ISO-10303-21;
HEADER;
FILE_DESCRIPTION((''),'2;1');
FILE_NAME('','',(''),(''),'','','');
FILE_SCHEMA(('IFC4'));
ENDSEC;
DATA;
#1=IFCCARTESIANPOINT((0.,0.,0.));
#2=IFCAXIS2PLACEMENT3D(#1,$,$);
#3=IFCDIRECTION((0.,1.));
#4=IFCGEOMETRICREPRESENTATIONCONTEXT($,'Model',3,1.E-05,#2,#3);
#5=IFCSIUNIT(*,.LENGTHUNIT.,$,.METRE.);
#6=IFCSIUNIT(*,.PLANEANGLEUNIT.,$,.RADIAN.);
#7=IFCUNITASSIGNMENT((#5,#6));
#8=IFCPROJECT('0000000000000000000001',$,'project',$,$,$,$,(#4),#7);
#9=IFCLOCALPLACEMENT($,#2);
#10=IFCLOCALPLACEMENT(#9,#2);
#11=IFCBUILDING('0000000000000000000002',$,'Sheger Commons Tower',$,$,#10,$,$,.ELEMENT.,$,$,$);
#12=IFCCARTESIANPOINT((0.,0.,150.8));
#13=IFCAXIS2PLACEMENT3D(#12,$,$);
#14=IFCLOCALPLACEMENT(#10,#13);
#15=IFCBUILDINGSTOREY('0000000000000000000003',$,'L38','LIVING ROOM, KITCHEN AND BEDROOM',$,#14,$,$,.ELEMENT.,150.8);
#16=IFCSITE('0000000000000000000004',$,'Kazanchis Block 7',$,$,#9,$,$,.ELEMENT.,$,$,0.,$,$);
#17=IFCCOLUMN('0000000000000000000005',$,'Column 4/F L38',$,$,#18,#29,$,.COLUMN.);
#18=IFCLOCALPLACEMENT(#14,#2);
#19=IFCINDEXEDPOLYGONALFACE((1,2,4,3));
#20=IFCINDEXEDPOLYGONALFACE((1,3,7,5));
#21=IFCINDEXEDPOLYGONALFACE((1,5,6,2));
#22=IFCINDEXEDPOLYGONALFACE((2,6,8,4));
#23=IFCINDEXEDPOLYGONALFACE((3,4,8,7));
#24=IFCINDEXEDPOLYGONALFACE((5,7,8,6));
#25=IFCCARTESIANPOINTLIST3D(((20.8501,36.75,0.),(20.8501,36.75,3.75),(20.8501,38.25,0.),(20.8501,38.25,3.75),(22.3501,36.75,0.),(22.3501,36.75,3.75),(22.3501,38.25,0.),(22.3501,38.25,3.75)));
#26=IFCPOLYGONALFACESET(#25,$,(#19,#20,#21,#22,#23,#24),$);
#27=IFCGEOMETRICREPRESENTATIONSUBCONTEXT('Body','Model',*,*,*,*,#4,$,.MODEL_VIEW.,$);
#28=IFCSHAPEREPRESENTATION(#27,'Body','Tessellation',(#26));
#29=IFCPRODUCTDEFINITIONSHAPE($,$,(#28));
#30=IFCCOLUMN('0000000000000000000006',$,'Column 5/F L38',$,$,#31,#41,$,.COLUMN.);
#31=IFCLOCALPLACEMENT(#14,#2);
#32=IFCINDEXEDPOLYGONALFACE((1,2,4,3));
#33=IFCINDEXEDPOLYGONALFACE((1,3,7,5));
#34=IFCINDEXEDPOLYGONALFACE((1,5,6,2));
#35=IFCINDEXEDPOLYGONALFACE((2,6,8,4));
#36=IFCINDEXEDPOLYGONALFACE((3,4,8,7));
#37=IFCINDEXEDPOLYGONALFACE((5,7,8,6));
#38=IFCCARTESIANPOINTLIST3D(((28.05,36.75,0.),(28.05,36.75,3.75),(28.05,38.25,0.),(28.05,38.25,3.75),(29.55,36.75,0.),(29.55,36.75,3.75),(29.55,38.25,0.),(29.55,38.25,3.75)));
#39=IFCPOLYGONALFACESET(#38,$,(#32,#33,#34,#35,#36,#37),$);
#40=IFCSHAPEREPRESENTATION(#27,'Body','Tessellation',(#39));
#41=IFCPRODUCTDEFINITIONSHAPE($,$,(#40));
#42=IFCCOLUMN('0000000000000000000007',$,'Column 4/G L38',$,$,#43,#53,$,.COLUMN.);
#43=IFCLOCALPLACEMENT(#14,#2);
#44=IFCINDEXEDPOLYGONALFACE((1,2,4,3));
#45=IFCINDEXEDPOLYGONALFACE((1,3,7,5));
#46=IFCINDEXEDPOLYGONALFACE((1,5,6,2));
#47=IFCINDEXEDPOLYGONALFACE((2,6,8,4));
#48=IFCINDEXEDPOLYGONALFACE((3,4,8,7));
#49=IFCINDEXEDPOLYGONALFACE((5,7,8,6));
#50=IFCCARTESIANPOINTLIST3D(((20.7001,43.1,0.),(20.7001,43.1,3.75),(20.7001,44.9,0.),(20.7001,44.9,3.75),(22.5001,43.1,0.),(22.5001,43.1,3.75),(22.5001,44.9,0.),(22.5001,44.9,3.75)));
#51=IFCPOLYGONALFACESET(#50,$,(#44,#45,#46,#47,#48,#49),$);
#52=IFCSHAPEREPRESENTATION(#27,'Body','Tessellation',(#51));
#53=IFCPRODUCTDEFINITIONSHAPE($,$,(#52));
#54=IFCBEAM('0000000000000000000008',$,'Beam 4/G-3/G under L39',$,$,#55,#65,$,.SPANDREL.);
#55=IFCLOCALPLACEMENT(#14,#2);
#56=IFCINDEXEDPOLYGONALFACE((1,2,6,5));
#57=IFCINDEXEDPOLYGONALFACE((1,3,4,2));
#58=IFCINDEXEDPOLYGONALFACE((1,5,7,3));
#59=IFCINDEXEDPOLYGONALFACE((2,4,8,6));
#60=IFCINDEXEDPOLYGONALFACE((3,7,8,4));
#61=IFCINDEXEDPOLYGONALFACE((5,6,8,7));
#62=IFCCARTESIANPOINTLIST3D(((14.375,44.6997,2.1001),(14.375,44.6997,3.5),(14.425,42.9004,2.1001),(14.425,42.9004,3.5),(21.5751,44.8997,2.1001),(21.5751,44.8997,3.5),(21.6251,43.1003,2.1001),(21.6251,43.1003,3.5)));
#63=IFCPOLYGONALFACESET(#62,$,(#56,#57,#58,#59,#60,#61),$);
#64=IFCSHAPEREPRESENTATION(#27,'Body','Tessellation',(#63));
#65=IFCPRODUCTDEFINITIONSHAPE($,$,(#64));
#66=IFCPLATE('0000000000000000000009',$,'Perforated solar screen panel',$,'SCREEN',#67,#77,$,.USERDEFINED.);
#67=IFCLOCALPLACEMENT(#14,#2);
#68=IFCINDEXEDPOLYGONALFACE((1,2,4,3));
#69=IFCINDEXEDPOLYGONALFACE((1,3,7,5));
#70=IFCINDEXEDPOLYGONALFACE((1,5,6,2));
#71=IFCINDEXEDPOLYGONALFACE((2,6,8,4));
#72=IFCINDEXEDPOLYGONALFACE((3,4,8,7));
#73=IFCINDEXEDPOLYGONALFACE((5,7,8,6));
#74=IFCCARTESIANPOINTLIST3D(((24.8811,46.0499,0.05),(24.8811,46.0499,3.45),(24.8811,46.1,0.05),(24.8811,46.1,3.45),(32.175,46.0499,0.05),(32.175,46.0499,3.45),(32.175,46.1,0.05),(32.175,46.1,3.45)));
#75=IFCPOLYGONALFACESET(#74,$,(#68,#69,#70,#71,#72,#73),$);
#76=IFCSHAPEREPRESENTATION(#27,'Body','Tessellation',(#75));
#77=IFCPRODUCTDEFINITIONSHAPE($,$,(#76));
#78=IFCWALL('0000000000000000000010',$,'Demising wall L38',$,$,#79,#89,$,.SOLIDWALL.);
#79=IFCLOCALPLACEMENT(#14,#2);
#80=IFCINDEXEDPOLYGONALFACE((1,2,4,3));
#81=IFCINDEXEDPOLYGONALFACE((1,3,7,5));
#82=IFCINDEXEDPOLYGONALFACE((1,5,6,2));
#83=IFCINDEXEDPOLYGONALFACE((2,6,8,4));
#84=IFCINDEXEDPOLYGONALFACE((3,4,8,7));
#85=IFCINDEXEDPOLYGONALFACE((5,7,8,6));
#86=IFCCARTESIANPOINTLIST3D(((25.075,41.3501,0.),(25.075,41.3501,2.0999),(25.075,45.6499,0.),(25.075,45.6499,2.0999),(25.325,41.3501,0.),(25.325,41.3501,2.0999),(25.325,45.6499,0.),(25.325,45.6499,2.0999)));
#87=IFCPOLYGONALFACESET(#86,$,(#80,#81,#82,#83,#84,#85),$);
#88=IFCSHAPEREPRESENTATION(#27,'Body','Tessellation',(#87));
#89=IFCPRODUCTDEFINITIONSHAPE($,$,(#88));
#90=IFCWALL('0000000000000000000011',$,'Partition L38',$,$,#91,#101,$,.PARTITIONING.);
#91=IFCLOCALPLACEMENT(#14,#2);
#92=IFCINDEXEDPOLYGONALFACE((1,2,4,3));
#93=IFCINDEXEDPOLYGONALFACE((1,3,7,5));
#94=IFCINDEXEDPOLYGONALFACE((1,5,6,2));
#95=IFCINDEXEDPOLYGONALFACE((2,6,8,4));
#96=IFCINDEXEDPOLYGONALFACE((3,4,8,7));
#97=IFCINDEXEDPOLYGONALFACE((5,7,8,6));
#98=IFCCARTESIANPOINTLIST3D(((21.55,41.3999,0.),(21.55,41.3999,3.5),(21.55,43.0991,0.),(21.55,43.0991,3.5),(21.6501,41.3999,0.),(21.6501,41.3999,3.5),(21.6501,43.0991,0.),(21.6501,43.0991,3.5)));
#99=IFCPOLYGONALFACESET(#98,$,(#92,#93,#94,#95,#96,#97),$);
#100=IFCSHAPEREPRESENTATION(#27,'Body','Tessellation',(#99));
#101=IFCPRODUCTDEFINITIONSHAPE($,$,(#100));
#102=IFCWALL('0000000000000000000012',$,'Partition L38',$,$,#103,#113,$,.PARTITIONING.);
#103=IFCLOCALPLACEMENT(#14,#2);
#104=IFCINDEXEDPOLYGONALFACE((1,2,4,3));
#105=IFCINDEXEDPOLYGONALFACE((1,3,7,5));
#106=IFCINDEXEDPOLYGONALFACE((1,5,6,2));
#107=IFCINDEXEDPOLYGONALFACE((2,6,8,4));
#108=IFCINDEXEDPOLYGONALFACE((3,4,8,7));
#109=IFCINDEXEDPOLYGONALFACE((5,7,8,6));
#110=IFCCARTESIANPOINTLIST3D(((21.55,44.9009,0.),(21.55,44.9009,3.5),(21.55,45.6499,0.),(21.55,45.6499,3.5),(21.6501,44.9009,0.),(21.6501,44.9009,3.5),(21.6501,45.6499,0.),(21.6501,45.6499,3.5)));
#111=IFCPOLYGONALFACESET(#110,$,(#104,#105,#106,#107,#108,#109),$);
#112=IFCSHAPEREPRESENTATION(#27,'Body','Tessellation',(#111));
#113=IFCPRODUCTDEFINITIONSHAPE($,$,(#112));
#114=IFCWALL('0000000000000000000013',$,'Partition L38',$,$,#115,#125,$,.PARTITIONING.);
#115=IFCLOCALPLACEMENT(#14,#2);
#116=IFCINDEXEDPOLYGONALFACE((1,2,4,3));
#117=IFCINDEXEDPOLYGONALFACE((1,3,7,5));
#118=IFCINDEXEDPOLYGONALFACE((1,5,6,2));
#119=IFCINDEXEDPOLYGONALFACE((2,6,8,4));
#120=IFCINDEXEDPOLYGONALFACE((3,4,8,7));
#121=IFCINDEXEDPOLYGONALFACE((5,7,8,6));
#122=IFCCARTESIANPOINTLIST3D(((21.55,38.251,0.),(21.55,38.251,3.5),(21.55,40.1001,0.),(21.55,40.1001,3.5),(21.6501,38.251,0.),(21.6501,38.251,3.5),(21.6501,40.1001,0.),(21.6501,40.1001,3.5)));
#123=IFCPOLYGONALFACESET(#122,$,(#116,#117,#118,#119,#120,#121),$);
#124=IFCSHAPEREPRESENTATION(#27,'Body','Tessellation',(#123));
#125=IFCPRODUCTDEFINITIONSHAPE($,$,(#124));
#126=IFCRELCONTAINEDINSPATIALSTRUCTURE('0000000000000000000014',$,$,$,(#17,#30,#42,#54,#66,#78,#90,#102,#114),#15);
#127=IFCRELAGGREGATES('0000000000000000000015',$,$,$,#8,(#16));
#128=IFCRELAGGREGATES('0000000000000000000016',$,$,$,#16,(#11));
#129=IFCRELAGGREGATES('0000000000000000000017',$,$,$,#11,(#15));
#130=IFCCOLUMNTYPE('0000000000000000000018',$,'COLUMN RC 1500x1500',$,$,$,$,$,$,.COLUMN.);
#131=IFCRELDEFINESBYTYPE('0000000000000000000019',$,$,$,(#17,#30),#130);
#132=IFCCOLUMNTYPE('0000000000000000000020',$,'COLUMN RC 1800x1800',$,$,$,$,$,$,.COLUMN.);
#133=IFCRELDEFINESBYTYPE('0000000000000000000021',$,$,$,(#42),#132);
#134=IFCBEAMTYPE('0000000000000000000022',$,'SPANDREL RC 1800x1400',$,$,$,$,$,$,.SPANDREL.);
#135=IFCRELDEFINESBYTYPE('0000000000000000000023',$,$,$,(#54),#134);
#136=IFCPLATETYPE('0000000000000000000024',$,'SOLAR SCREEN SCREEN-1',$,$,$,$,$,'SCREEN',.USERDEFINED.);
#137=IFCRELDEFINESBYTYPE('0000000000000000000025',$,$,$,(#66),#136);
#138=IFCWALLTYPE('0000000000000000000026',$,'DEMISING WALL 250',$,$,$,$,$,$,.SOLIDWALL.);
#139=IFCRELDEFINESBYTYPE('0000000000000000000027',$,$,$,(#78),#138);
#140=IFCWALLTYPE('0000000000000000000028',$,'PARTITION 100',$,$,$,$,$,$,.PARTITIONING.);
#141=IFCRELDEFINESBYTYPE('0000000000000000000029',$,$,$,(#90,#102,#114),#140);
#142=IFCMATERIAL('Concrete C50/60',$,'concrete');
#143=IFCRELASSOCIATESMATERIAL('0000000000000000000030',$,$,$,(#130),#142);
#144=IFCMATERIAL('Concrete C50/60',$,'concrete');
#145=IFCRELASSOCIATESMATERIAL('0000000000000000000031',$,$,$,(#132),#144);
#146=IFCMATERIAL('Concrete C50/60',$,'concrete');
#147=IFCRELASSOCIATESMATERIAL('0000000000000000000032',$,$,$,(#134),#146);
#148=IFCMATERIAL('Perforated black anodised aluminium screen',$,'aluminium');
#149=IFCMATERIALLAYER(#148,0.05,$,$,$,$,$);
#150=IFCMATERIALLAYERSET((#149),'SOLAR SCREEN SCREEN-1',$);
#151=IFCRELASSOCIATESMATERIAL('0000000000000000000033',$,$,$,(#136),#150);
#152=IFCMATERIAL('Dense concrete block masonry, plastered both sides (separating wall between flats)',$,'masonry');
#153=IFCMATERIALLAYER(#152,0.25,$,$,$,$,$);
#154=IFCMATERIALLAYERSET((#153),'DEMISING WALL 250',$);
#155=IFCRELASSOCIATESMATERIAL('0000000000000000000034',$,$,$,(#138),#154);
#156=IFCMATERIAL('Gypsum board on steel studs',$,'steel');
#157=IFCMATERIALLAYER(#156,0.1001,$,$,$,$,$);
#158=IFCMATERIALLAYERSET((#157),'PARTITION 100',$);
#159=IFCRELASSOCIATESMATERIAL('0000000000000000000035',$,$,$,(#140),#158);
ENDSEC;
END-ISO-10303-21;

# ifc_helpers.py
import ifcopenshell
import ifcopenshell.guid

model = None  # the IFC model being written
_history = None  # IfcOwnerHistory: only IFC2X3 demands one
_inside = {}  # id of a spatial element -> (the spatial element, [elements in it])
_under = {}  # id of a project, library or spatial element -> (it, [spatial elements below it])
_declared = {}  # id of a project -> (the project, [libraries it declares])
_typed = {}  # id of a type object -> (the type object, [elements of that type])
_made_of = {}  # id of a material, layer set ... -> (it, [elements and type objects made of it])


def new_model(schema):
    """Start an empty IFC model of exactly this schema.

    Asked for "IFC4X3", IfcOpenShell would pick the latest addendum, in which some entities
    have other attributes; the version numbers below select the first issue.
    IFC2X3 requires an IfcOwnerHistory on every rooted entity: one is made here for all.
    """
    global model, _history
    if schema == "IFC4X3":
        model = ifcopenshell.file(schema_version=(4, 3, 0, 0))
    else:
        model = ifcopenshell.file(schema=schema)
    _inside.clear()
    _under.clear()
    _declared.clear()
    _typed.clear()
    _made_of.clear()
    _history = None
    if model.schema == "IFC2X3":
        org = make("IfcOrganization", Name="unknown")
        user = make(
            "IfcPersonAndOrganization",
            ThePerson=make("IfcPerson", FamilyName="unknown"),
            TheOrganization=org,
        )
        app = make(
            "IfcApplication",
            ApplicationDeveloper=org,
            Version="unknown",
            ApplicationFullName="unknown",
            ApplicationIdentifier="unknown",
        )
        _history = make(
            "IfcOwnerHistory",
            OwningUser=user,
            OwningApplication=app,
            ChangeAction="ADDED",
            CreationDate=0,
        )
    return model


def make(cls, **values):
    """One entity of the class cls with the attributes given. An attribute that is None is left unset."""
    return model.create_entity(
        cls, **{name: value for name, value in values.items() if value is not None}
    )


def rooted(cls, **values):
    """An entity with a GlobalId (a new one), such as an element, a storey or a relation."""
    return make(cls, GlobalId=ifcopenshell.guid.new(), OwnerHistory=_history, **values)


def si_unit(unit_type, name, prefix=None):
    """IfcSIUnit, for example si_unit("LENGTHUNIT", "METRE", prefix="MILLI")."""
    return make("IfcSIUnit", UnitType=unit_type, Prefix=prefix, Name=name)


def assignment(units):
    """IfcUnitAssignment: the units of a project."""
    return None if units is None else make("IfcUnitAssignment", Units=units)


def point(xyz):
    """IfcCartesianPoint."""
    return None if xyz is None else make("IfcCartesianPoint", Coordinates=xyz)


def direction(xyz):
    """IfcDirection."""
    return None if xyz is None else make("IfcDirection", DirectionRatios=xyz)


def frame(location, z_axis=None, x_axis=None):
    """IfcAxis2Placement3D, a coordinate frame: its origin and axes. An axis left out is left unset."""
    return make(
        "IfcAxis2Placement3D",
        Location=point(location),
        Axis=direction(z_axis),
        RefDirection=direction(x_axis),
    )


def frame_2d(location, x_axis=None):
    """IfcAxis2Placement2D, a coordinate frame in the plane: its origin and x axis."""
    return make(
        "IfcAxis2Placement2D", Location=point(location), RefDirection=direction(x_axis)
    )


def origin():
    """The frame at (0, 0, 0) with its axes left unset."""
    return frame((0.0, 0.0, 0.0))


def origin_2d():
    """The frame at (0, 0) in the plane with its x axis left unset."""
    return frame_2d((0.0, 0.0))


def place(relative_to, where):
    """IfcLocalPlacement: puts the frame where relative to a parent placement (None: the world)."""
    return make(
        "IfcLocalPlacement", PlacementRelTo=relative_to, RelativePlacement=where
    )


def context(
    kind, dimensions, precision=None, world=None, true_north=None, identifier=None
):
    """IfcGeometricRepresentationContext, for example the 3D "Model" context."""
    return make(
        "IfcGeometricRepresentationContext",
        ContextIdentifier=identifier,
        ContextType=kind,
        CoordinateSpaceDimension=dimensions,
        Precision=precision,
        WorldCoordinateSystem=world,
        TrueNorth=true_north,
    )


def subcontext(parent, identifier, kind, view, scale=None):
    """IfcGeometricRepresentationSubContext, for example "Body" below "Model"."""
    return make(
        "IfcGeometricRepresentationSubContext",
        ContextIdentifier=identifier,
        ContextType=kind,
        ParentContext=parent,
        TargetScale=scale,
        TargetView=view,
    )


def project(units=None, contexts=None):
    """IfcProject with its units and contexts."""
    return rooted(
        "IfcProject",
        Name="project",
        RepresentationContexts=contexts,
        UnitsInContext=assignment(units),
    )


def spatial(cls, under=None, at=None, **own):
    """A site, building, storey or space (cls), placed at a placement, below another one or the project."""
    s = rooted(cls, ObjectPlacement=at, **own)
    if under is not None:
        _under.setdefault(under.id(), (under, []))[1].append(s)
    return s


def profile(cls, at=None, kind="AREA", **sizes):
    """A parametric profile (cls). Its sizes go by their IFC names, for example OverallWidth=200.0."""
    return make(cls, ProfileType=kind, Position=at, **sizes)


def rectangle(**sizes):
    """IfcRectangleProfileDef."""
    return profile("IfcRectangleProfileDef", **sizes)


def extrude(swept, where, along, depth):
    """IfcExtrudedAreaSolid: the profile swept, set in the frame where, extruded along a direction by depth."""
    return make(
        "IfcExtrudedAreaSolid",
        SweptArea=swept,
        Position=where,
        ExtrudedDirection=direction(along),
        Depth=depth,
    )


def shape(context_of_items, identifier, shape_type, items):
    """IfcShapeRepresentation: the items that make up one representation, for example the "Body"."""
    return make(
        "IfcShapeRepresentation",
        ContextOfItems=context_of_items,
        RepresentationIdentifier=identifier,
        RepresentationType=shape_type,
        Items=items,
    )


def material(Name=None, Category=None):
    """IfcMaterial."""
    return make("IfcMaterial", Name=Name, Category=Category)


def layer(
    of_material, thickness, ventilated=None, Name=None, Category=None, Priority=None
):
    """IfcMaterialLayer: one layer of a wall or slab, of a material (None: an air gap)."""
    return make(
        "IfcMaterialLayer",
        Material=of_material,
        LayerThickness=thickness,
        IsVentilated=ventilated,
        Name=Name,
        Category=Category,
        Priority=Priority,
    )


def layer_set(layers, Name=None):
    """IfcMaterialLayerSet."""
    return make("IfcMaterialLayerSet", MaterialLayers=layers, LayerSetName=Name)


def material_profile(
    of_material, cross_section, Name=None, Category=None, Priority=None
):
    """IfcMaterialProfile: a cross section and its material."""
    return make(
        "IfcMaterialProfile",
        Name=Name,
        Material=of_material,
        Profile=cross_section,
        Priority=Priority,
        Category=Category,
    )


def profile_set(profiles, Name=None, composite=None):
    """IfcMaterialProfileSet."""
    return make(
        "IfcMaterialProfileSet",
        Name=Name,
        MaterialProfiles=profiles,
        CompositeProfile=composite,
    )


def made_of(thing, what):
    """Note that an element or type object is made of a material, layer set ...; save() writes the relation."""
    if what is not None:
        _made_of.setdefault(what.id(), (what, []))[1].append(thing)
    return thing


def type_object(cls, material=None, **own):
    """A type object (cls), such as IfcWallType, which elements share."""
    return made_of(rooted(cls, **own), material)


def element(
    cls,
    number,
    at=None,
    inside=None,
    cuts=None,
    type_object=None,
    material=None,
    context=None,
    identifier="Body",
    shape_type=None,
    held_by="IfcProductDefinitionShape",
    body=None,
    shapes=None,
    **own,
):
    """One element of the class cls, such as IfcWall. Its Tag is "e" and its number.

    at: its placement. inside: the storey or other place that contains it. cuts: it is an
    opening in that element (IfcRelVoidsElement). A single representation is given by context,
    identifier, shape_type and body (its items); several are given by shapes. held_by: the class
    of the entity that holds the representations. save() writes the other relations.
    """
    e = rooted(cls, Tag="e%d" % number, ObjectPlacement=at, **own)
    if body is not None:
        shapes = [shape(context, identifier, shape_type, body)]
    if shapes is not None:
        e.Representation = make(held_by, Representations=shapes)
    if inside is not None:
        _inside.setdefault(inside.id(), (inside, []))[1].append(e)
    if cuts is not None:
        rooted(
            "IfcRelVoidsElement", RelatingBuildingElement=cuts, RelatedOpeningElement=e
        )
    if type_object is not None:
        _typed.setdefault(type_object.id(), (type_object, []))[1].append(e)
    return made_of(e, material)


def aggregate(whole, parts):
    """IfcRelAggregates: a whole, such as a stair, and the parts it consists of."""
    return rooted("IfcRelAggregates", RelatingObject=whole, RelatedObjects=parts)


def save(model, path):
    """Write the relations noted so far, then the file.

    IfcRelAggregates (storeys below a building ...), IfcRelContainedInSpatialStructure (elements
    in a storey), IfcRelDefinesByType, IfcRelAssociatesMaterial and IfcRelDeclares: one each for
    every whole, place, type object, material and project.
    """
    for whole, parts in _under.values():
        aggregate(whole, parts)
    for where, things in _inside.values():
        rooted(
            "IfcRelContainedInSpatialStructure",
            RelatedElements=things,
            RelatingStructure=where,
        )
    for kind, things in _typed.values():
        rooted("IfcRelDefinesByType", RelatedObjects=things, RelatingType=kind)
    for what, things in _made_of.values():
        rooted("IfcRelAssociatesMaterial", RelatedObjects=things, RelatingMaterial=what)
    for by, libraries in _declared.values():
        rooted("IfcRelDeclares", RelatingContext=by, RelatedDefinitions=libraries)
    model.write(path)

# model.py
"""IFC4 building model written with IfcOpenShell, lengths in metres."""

from ifc_helpers import new_model, si_unit, direction, frame, frame_2d, origin, origin_2d, place, context, subcontext, project, spatial, rectangle, extrude, material, layer, layer_set, material_profile, profile_set, type_object, element, save


model = new_model("IFC4")

# Units and contexts
model_context = context("Model", 3, precision=1e-05, world=origin(), true_north=direction((0.0, 1.0)))
body_context = subcontext(model_context, "Body", "Model", "MODEL_VIEW")
ifc_project = project(units=[si_unit("LENGTHUNIT", "METRE"), si_unit("PLANEANGLEUNIT", "RADIAN")], contexts=[model_context])

# Site, building, storey
site_placement = place(None, origin())
site = spatial("IfcSite", under=ifc_project, at=site_placement, Name="Kazanchis Block 7", CompositionType="ELEMENT", RefElevation=0.0)
building_placement = place(site_placement, origin())
building = spatial("IfcBuilding", under=site, at=building_placement, Name="Sheger Commons Tower", CompositionType="ELEMENT")
storey_placement = place(building_placement, frame((0.0, 0.0, 150.8)))
storey = spatial("IfcBuildingStorey", under=building, at=storey_placement, Name="L38", Description="LIVING ROOM, KITCHEN AND BEDROOM", CompositionType="ELEMENT", Elevation=150.8)

# Columns
ifc_material_1 = material(Name="Concrete C50/60", Category="concrete")
ifc_material_profile_1 = material_profile(ifc_material_1, rectangle(XDim=1.5, YDim=1.5, at=origin_2d()), Name="RC 1500x1500")
ifc_profile_set_1 = profile_set([ifc_material_profile_1], Name="Concrete C50/60")
column_type_1 = type_object("IfcColumnType", Name="COLUMN RC 1500x1500", PredefinedType="COLUMN", material=ifc_profile_set_1)
for number, where, z_axis, x_axis, name in (
    (1, (21.6001, 37.5, 0.0), (0.0, 0.0, 1.0), (1.0, 0.0, 0.0), "Column 4/F L38"),
    (2, (28.8, 37.5, 0.0), (0.0, 0.0, 1.0), (1.0, 0.0, 0.0), "Column 5/F L38"),
):
    element("IfcColumn", number, at=place(storey_placement, frame(where, z_axis=z_axis, x_axis=x_axis)), inside=storey, type_object=column_type_1, Name=name, PredefinedType="COLUMN", context=body_context, shape_type="SweptSolid", body=[
        extrude(rectangle(XDim=1.5, YDim=1.5, at=origin_2d()), origin(), (0.0, 0.0, 1.0), 3.75),
    ])
ifc_material_2 = material(Name="Concrete C50/60", Category="concrete")
ifc_material_profile_2 = material_profile(ifc_material_2, rectangle(XDim=1.8, YDim=1.8, at=origin_2d()), Name="RC 1800x1800")
ifc_profile_set_2 = profile_set([ifc_material_profile_2], Name="Concrete C50/60")
column_type_2 = type_object("IfcColumnType", Name="COLUMN RC 1800x1800", PredefinedType="COLUMN", material=ifc_profile_set_2)
column_placement = place(storey_placement, frame((21.6001, 44.0, 0.0), z_axis=(0.0, 0.0, 1.0), x_axis=(1.0, 0.0, 0.0)))
element("IfcColumn", 3, at=column_placement, inside=storey, type_object=column_type_2, Name="Column 4/G L38", PredefinedType="COLUMN", context=body_context, shape_type="SweptSolid", body=[
    extrude(rectangle(XDim=1.8, YDim=1.8, at=origin_2d()), origin(), (0.0, 0.0, 1.0), 3.75),
])

# Beam
ifc_material_3 = material(Name="Concrete C50/60", Category="concrete")
ifc_material_profile_3 = material_profile(ifc_material_3, rectangle(XDim=1.8, YDim=1.3999, at=origin_2d()), Name="RC 1800x1400")
ifc_profile_set_3 = profile_set([ifc_material_profile_3], Name="Concrete C50/60")
beam_type = type_object("IfcBeamType", Name="SPANDREL RC 1800x1400", PredefinedType="SPANDREL", material=ifc_profile_set_3)
beam_placement = place(storey_placement, frame((21.6001, 44.0, 2.8), z_axis=(-0.999615, -0.02776, 0.0), x_axis=(0.02776, -0.999615, 0.0)))
element("IfcBeam", 4, at=beam_placement, inside=storey, type_object=beam_type, Name="Beam 4/G-3/G under L39", PredefinedType="SPANDREL", context=body_context, shape_type="SweptSolid", body=[
    extrude(rectangle(XDim=1.8, YDim=1.3999, at=origin_2d()), origin(), (0.0, 0.0, 1.0), 7.2029),
])

# Plate
ifc_material_4 = material(Name="Perforated black anodised aluminium screen", Category="aluminium")
ifc_layer_1 = layer(ifc_material_4, 0.05)
ifc_layer_set_1 = layer_set([ifc_layer_1], Name="SOLAR SCREEN SCREEN-1")
plate_type = type_object("IfcPlateType", Name="SOLAR SCREEN SCREEN-1", ElementType="SCREEN", PredefinedType="USERDEFINED", material=ifc_layer_set_1)
plate_placement = place(storey_placement, frame((28.5281, 46.075, 0.05), z_axis=(0.0, 0.0, 1.0), x_axis=(-1.0, 0.0, 0.0)))
element("IfcPlate", 5, at=plate_placement, inside=storey, type_object=plate_type, Name="Perforated solar screen panel", ObjectType="SCREEN", PredefinedType="USERDEFINED", context=body_context, shape_type="SweptSolid", body=[
    extrude(rectangle(XDim=7.2939, YDim=0.05, at=origin_2d()), origin(), (0.0, 0.0, 1.0), 3.3999),
])

# Walls
ifc_material_5 = material(Name="Dense concrete block masonry, plastered both sides (separating wall between flats)", Category="masonry")
ifc_layer_2 = layer(ifc_material_5, 0.25)
ifc_layer_set_2 = layer_set([ifc_layer_2], Name="DEMISING WALL 250")
wall_type_1 = type_object("IfcWallType", Name="DEMISING WALL 250", PredefinedType="SOLIDWALL", material=ifc_layer_set_2)
wall_1_placement = place(storey_placement, frame((25.2, 41.3501, 0.0), z_axis=(0.0, 0.0, 1.0), x_axis=(0.0, 1.0, 0.0)))
element("IfcWall", 6, at=wall_1_placement, inside=storey, type_object=wall_type_1, Name="Demising wall L38", PredefinedType="SOLIDWALL", context=body_context, shape_type="SweptSolid", body=[
    extrude(rectangle(XDim=4.2998, YDim=0.25, at=frame_2d((2.1499, 0.0))), origin(), (0.0, 0.0, 1.0), 2.0999),
])
ifc_material_6 = material(Name="Gypsum board on steel studs", Category="steel")
ifc_layer_3 = layer(ifc_material_6, 0.1001)
ifc_layer_set_3 = layer_set([ifc_layer_3], Name="PARTITION 100")
wall_type_2 = type_object("IfcWallType", Name="PARTITION 100", PredefinedType="PARTITIONING", material=ifc_layer_set_3)
wall_2_placement = place(storey_placement, frame((21.6001, 41.3999, 0.0), z_axis=(0.0, 0.0, 1.0), x_axis=(0.0, 1.0, 0.0)))
element("IfcWall", 7, at=wall_2_placement, inside=storey, type_object=wall_type_2, Name="Partition L38", PredefinedType="PARTITIONING", context=body_context, shape_type="SweptSolid", body=[
    extrude(rectangle(XDim=1.6992, YDim=0.1001, at=frame_2d((0.8496, 0.0))), origin(), (0.0, 0.0, 1.0), 3.5),
])
wall_3_placement = place(storey_placement, frame((21.6001, 44.9009, 0.0), z_axis=(0.0, 0.0, 1.0), x_axis=(0.0, 1.0, 0.0)))
element("IfcWall", 8, at=wall_3_placement, inside=storey, type_object=wall_type_2, Name="Partition L38", PredefinedType="PARTITIONING", context=body_context, shape_type="SweptSolid", body=[
    extrude(rectangle(XDim=0.749, YDim=0.1001, at=frame_2d((0.3745, 0.0))), origin(), (0.0, 0.0, 1.0), 3.5),
])
wall_4_placement = place(storey_placement, frame((21.6001, 38.251, 0.0), z_axis=(0.0, 0.0, 1.0), x_axis=(0.0, 1.0, 0.0)))
element("IfcWall", 9, at=wall_4_placement, inside=storey, type_object=wall_type_2, Name="Partition L38", PredefinedType="PARTITIONING", context=body_context, shape_type="SweptSolid", body=[
    extrude(rectangle(XDim=1.8491, YDim=0.1001, at=frame_2d((0.9246, 0.0))), origin(), (0.0, 0.0, 1.0), 3.5),
])

save(model, "model.ifc")
